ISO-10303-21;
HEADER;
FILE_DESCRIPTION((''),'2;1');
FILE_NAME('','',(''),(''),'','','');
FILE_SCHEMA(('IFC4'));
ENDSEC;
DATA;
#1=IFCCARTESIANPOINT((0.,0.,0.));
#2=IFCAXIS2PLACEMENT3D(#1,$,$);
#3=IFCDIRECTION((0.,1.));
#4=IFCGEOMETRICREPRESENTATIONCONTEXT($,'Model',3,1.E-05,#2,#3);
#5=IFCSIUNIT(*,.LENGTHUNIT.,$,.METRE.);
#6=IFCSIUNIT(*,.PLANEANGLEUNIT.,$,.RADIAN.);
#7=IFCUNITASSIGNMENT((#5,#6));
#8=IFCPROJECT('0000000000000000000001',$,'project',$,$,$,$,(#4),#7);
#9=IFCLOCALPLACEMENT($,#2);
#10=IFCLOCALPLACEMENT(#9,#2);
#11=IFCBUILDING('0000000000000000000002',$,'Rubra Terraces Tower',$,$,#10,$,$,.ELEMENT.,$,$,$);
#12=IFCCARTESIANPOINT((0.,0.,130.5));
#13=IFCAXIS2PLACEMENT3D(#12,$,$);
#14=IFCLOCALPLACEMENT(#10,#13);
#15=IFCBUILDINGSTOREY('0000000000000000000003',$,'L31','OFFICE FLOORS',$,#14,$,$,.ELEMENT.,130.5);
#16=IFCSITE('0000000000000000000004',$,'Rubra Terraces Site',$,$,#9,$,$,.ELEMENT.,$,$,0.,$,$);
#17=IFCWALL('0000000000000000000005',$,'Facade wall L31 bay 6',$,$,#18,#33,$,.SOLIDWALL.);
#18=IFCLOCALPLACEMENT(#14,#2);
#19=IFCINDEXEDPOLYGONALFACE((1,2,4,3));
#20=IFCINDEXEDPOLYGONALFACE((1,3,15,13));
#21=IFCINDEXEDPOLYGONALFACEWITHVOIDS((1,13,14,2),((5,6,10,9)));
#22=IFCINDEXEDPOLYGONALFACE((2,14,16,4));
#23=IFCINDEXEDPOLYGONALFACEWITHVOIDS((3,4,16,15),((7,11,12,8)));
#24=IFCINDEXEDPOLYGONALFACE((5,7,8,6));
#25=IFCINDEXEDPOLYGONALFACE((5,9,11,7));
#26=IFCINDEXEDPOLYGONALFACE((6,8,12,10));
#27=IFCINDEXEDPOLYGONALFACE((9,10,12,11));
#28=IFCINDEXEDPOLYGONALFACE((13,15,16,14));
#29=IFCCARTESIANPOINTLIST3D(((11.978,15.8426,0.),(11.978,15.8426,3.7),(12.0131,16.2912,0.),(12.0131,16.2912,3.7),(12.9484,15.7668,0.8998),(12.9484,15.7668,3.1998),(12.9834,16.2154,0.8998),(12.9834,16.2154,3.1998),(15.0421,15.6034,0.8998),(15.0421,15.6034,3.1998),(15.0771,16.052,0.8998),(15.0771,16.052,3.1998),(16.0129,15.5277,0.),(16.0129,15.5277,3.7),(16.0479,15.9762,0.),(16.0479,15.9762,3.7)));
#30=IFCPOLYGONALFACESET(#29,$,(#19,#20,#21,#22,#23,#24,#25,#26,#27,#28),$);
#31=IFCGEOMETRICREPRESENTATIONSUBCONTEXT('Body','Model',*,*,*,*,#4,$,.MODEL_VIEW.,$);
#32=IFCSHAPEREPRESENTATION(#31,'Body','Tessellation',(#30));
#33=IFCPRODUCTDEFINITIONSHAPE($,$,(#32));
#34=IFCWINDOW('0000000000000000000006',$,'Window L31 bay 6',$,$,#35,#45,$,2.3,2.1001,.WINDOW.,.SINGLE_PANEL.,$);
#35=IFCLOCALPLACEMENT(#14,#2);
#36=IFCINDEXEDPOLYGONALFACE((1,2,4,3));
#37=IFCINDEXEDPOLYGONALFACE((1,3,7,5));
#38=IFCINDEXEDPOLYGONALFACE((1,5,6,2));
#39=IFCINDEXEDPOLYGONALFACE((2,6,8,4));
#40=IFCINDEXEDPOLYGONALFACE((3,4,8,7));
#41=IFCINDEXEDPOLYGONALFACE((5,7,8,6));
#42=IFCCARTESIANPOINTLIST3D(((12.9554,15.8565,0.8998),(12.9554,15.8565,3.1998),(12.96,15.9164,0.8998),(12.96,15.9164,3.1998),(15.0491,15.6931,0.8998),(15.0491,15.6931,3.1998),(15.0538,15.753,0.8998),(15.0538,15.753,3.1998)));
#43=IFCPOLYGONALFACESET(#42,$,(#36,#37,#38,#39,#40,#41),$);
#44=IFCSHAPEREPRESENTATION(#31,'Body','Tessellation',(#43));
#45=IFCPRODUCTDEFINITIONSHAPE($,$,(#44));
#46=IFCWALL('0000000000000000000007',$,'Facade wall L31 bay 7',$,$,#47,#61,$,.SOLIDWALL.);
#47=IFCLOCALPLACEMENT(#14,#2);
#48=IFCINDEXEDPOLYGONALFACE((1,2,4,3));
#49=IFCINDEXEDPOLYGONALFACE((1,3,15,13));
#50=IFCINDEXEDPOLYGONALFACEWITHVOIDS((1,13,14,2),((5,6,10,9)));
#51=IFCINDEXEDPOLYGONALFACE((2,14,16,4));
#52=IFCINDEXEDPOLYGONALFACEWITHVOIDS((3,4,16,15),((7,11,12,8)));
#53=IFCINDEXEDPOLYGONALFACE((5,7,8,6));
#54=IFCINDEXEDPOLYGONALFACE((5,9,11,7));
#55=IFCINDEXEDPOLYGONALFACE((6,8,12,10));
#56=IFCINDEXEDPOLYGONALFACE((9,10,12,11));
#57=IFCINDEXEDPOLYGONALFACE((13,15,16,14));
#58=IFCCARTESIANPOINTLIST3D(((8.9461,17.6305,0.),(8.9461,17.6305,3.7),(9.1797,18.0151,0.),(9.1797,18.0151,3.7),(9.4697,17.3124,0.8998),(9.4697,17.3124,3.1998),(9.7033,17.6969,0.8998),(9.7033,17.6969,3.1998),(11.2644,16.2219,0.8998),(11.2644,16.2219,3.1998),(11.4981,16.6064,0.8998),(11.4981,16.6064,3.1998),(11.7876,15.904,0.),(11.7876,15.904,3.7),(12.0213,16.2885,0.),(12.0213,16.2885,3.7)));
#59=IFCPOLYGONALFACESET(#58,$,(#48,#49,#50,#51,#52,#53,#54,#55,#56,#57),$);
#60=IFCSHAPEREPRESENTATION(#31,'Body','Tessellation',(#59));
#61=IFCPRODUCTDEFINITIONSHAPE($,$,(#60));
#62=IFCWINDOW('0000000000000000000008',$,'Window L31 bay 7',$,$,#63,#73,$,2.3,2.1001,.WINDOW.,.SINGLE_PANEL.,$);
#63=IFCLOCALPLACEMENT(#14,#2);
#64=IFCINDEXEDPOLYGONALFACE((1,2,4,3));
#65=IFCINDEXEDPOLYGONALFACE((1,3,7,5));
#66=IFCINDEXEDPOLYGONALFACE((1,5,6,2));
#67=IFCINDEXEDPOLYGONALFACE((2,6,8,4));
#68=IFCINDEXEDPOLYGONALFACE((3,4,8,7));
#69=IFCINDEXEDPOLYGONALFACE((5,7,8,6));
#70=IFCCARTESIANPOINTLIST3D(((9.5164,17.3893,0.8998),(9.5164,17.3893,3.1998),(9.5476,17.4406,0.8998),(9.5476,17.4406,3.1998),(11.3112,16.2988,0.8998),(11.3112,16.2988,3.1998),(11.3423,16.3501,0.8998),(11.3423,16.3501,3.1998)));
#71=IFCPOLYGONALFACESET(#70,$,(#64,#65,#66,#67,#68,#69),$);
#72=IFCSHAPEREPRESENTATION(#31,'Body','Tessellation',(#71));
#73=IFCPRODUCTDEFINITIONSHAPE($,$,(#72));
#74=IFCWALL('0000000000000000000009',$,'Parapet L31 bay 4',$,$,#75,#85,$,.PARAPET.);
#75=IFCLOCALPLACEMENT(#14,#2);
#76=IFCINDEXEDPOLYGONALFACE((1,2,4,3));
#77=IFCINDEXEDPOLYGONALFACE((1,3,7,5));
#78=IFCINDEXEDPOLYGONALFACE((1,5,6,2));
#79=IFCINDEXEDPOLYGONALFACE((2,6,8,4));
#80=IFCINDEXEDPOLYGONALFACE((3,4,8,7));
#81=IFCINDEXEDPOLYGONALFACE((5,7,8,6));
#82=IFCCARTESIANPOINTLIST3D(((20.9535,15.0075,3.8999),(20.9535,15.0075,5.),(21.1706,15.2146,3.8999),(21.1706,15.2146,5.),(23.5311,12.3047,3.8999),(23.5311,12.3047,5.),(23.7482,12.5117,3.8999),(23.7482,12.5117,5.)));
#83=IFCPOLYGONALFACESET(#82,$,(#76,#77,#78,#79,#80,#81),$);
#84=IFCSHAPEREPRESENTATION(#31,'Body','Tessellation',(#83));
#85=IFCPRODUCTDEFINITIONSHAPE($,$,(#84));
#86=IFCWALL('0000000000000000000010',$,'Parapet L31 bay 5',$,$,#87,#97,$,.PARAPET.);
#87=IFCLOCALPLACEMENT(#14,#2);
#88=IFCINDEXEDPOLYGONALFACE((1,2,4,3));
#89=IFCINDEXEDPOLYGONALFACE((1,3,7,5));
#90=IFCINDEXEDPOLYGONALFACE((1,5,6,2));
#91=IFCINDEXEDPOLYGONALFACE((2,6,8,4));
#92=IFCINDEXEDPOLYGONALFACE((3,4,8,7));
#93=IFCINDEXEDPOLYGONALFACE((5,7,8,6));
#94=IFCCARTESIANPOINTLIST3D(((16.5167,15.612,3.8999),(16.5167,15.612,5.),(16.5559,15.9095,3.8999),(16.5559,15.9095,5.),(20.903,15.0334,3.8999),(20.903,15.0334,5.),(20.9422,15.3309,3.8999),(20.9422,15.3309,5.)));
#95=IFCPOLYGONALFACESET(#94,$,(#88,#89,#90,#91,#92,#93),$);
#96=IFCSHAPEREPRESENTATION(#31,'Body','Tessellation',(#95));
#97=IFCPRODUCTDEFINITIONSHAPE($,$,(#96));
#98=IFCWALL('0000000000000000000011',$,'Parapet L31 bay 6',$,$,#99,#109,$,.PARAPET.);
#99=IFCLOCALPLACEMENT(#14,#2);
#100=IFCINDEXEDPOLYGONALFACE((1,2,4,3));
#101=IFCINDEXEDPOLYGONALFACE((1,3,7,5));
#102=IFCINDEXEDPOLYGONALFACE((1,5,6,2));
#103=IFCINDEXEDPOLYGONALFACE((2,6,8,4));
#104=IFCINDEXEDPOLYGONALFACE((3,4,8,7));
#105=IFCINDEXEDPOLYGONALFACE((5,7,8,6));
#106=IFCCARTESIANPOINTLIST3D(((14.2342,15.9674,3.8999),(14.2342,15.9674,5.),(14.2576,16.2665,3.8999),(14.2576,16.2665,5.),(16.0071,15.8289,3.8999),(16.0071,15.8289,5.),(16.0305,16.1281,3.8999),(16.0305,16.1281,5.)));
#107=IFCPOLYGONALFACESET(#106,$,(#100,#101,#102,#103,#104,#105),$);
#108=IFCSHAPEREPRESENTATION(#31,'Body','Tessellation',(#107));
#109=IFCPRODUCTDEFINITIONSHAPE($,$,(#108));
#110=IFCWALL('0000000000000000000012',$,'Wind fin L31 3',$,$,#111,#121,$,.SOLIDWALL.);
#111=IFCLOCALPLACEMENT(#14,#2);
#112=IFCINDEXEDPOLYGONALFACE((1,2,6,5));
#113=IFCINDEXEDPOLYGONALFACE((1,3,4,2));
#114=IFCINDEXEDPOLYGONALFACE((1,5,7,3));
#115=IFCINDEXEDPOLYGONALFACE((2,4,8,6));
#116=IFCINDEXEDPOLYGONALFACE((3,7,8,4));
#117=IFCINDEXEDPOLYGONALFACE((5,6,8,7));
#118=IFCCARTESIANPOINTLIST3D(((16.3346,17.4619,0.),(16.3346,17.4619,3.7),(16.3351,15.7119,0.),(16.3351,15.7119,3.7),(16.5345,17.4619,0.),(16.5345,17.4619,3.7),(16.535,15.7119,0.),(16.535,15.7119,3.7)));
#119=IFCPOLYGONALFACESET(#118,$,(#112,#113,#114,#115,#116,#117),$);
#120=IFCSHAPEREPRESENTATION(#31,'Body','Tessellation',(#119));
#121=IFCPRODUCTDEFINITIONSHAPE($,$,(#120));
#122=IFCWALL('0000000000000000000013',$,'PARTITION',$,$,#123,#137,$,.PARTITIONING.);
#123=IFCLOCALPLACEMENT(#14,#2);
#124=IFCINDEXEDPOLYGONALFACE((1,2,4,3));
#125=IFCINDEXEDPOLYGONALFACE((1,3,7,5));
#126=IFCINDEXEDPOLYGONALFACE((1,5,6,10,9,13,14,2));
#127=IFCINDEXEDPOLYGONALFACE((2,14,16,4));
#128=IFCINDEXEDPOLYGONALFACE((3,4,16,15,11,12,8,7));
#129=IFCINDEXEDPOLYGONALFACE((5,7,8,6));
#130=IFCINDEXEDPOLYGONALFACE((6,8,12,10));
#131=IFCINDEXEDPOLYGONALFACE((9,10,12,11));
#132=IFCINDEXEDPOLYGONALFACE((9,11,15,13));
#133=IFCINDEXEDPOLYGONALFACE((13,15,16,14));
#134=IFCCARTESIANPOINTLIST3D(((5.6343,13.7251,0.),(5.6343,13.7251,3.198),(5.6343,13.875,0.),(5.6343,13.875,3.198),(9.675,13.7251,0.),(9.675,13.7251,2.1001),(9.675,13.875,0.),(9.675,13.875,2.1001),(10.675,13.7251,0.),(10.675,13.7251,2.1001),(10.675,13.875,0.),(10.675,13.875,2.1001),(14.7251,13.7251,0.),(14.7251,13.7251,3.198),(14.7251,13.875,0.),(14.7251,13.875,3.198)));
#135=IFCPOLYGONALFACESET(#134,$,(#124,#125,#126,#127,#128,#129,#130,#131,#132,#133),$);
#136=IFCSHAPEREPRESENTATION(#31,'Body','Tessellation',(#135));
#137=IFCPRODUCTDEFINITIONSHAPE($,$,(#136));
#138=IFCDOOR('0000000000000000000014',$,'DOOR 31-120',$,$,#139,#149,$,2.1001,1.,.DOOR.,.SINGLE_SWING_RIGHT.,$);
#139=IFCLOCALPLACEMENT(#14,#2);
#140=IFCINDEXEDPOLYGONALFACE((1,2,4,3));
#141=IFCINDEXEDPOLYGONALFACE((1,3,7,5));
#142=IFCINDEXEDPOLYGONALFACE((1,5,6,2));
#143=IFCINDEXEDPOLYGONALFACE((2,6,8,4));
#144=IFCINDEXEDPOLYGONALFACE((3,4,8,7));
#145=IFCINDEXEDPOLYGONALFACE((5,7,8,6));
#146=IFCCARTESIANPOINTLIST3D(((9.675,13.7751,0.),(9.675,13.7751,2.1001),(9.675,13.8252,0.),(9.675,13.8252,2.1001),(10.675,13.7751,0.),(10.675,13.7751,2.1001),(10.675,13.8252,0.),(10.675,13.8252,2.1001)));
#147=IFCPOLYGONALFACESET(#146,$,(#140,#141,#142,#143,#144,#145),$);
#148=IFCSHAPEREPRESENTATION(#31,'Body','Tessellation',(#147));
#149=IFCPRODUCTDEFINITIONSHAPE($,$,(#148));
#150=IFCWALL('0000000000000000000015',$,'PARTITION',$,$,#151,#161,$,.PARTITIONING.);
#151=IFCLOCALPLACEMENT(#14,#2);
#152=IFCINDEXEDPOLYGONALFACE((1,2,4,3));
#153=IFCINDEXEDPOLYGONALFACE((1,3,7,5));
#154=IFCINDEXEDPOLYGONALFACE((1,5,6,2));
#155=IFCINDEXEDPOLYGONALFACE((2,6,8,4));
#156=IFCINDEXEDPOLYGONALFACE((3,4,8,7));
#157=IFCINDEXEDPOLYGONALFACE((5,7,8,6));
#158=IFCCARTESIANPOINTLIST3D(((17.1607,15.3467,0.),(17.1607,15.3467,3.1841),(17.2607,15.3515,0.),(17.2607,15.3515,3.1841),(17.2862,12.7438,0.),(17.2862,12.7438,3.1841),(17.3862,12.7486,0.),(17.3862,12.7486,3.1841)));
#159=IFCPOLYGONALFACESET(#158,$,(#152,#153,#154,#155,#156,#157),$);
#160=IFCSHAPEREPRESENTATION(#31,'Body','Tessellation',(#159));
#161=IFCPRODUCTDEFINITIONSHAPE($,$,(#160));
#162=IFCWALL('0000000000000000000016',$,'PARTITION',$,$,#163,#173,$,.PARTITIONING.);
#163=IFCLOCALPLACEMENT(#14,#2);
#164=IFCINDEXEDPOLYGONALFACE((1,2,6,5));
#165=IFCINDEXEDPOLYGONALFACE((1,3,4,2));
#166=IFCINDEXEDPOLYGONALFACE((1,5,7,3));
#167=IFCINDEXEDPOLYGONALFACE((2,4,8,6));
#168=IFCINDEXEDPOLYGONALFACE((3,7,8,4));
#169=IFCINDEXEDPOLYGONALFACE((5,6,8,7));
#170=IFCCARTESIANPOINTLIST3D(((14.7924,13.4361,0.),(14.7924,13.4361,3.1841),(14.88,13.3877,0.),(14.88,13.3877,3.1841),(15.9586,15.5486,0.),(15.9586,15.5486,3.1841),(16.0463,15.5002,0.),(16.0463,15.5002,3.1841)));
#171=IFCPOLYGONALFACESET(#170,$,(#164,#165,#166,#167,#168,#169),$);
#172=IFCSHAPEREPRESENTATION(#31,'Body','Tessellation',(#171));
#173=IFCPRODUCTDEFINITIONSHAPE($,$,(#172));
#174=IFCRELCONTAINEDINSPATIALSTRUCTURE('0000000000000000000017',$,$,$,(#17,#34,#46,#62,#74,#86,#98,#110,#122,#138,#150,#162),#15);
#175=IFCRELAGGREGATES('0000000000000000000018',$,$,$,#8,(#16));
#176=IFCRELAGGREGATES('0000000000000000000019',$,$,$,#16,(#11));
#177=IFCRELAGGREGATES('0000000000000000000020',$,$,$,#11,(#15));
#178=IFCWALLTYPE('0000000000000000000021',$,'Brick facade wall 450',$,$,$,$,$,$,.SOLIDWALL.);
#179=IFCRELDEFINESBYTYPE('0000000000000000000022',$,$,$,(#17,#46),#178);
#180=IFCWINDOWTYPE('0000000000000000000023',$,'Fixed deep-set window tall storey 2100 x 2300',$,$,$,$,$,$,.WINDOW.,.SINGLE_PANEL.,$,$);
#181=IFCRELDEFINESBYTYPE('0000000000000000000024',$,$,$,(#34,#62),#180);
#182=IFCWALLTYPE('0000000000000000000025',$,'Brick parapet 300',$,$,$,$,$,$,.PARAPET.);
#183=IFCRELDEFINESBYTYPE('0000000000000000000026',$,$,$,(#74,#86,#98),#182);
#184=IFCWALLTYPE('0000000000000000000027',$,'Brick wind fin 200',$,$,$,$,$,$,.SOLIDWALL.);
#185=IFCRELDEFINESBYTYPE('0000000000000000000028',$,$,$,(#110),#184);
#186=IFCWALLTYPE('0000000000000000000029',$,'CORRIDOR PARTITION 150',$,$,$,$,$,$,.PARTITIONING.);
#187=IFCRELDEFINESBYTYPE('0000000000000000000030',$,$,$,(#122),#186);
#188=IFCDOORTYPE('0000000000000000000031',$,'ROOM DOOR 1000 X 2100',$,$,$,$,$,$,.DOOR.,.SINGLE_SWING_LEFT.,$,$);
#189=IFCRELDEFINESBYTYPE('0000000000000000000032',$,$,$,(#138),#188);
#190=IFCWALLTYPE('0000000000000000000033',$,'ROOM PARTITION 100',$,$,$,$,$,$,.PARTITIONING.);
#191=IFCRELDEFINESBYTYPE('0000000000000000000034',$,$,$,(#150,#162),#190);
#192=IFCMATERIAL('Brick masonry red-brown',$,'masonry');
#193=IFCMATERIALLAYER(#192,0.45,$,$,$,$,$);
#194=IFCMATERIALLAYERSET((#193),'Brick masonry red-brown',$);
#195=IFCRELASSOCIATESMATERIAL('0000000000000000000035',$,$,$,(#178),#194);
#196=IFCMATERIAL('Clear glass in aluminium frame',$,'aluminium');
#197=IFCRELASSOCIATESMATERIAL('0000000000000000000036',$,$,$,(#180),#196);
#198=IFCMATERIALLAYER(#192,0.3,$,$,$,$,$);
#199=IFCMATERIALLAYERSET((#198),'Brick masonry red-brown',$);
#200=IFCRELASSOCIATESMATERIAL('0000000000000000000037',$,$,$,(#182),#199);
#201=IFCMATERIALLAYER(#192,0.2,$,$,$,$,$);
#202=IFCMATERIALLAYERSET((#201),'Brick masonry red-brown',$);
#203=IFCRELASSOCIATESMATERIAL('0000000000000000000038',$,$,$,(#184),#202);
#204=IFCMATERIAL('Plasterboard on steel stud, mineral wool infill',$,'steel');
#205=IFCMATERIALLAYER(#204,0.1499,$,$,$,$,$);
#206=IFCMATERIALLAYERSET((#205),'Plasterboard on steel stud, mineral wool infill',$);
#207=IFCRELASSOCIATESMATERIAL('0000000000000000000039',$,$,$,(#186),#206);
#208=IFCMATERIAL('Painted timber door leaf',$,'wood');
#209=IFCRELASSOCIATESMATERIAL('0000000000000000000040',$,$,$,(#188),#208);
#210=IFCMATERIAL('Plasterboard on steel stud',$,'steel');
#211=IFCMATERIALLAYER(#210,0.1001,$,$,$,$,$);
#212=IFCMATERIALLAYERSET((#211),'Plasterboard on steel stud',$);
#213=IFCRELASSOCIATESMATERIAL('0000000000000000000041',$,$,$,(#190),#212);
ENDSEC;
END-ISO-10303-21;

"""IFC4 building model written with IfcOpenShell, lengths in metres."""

from ifc_helpers import new_model, si_unit, direction, frame, frame_2d, origin, place, context, subcontext, project, spatial, rectangle, extrude, material, layer, layer_set, type_object, element, fill, save


model = new_model("IFC4")

# Units and contexts
model_context = context("Model", 3, precision=1e-05, world=origin(), true_north=direction((0.0, 1.0)))
body_context = subcontext(model_context, "Body", "Model", "MODEL_VIEW")
ifc_project = project(units=[si_unit("LENGTHUNIT", "METRE"), si_unit("PLANEANGLEUNIT", "RADIAN")], contexts=[model_context])

# Site, building, storey
site_placement = place(None, origin())
site = spatial("IfcSite", under=ifc_project, at=site_placement, Name="Rubra Terraces Site", CompositionType="ELEMENT", RefElevation=0.0)
building_placement = place(site_placement, origin())
building = spatial("IfcBuilding", under=site, at=building_placement, Name="Rubra Terraces Tower", CompositionType="ELEMENT")
storey_placement = place(building_placement, frame((0.0, 0.0, 130.5)))
storey = spatial("IfcBuildingStorey", under=building, at=storey_placement, Name="L31", Description="OFFICE FLOORS", CompositionType="ELEMENT", Elevation=130.5)

# Walls, openings, windows
ifc_material_1 = material(Name="Brick masonry red-brown", Category="masonry")
ifc_layer_1 = layer(ifc_material_1, 0.45)
ifc_layer_set_1 = layer_set([ifc_layer_1], Name="Brick masonry red-brown")
wall_type_1 = type_object("IfcWallType", Name="Brick facade wall 450", PredefinedType="SOLIDWALL", material=ifc_layer_set_1)
ifc_material_2 = material(Name="Clear glass in aluminium frame", Category="aluminium")
window_type = type_object("IfcWindowType", Name="Fixed deep-set window tall storey 2100 x 2300", PartitioningType="SINGLE_PANEL", PredefinedType="WINDOW", material=ifc_material_2)
wall_1_placement = place(storey_placement, frame((16.0303, 15.752, 0.0), z_axis=(0.0, 0.0, 1.0), x_axis=(-0.996968, 0.077817, 0.0)))
wall_1 = element("IfcWall", 1, at=wall_1_placement, inside=storey, type_object=wall_type_1, Name="Facade wall L31 bay 6", PredefinedType="SOLIDWALL", context=body_context, shape_type="SweptSolid", body=[
    extrude(rectangle(XDim=4.0471, YDim=0.45, at=frame_2d((2.0234, 0.0))), origin(), (0.0, 0.0, 1.0), 3.7),
])
opening_1_placement = place(wall_1_placement, frame((0.9736, 0.0, 0.8999)))
opening_1 = element("IfcOpeningElement", 2, at=opening_1_placement, cuts=wall_1, PredefinedType="OPENING", context=body_context, shape_type="SweptSolid", body=[
    extrude(rectangle(XDim=2.1001, YDim=2.3, at=frame_2d((1.05, 1.1499))), frame((0.0, 0.2349, 0.0), z_axis=(0.0, -1.0, 0.0), x_axis=(1.0, 0.0, 0.0)), (0.0, 0.0, 1.0), 0.47),
])
window_1_placement = place(opening_1_placement, origin())
window_1 = element("IfcWindow", 3, at=window_1_placement, inside=storey, type_object=window_type, Name="Window L31 bay 6", OverallHeight=2.3, OverallWidth=2.1001, PartitioningType="SINGLE_PANEL", PredefinedType="WINDOW", context=body_context, shape_type="SweptSolid", body=[
    extrude(rectangle(XDim=2.1001, YDim=2.3, at=frame_2d((1.05, 1.1499))), frame((0.0, 0.135, 0.0), z_axis=(0.0, -1.0, 0.0), x_axis=(1.0, 0.0, 0.0)), (0.0, 0.0, 1.0), 0.0601),
])
fill(opening_1, window_1)
wall_2_placement = place(storey_placement, frame((11.9045, 16.0962, 0.0), z_axis=(0.0, 0.0, 1.0), x_axis=(-0.854609, 0.519271, 0.0)))
wall_2 = element("IfcWall", 4, at=wall_2_placement, inside=storey, type_object=wall_type_1, Name="Facade wall L31 bay 7", PredefinedType="SOLIDWALL", context=body_context, shape_type="SweptSolid", body=[
    extrude(rectangle(XDim=3.325, YDim=0.45, at=frame_2d((1.6626, 0.0))), origin(), (0.0, 0.0, 1.0), 3.7),
])
opening_2_placement = place(wall_2_placement, frame((0.6123, 0.0, 0.8999)))
opening_2 = element("IfcOpeningElement", 5, at=opening_2_placement, cuts=wall_2, PredefinedType="OPENING", context=body_context, shape_type="SweptSolid", body=[
    extrude(rectangle(XDim=2.1001, YDim=2.3, at=frame_2d((1.05, 1.1499))), frame((0.0, 0.2349, 0.0), z_axis=(0.0, -1.0, 0.0), x_axis=(1.0, 0.0, 0.0)), (0.0, 0.0, 1.0), 0.47),
])
window_2_placement = place(opening_2_placement, origin())
window_2 = element("IfcWindow", 6, at=window_2_placement, inside=storey, type_object=window_type, Name="Window L31 bay 7", OverallHeight=2.3, OverallWidth=2.1001, PartitioningType="SINGLE_PANEL", PredefinedType="WINDOW", context=body_context, shape_type="SweptSolid", body=[
    extrude(rectangle(XDim=2.1001, YDim=2.3, at=frame_2d((1.05, 1.1499))), frame((0.0, 0.135, 0.0), z_axis=(0.0, -1.0, 0.0), x_axis=(1.0, 0.0, 0.0)), (0.0, 0.0, 1.0), 0.0601),
])
fill(opening_2, window_2)

# Walls
ifc_layer_2 = layer(ifc_material_1, 0.3)
ifc_layer_set_2 = layer_set([ifc_layer_2], Name="Brick masonry red-brown")
wall_type_2 = type_object("IfcWallType", Name="Brick parapet 300", PredefinedType="PARAPET", material=ifc_layer_set_2)
wall_3_placement = place(storey_placement, frame((23.6396, 12.4082, 3.8999), z_axis=(0.0, 0.0, 1.0), x_axis=(-0.690141, 0.723675, 0.0)))
element("IfcWall", 7, at=wall_3_placement, inside=storey, type_object=wall_type_2, Name="Parapet L31 bay 4", PredefinedType="PARAPET", context=body_context, shape_type="SweptSolid", body=[
    extrude(rectangle(XDim=3.7349, YDim=0.3, at=frame_2d((1.8674, 0.0))), origin(), (0.0, 0.0, 1.0), 1.1001),
])
wall_4_placement = place(storey_placement, frame((20.9226, 15.1821, 3.8999), z_axis=(0.0, 0.0, 1.0), x_axis=(-0.991411, 0.130783, 0.0)))
element("IfcWall", 8, at=wall_4_placement, inside=storey, type_object=wall_type_2, Name="Parapet L31 bay 5", PredefinedType="PARAPET", context=body_context, shape_type="SweptSolid", body=[
    extrude(rectangle(XDim=4.4243, YDim=0.3, at=frame_2d((2.2122, 0.0))), origin(), (0.0, 0.0, 1.0), 1.1001),
])
wall_5_placement = place(storey_placement, frame((16.0188, 15.9785, 3.8999), z_axis=(0.0, 0.0, 1.0), x_axis=(-0.996966, 0.077841, 0.0)))
element("IfcWall", 9, at=wall_5_placement, inside=storey, type_object=wall_type_2, Name="Parapet L31 bay 6", PredefinedType="PARAPET", context=body_context, shape_type="SweptSolid", body=[
    extrude(rectangle(XDim=1.7783, YDim=0.3, at=frame_2d((0.8892, 0.0))), origin(), (0.0, 0.0, 1.0), 1.1001),
])
ifc_layer_3 = layer(ifc_material_1, 0.2)
ifc_layer_set_3 = layer_set([ifc_layer_3], Name="Brick masonry red-brown")
wall_type_3 = type_object("IfcWallType", Name="Brick wind fin 200", PredefinedType="SOLIDWALL", material=ifc_layer_set_3)
wall_6_placement = place(storey_placement, frame((16.4351, 15.7119, 0.0), z_axis=(0.0, 0.0, 1.0), x_axis=(-0.000279, 1.0, 0.0)))
element("IfcWall", 10, at=wall_6_placement, inside=storey, type_object=wall_type_3, Name="Wind fin L31 3", PredefinedType="SOLIDWALL", context=body_context, shape_type="SweptSolid", body=[
    extrude(rectangle(XDim=1.75, YDim=0.2, at=frame_2d((0.875, 0.0))), origin(), (0.0, 0.0, 1.0), 3.7),
])

# Wall, opening, door
ifc_material_3 = material(Name="Plasterboard on steel stud, mineral wool infill", Category="steel")
ifc_layer_4 = layer(ifc_material_3, 0.1499)
ifc_layer_set_4 = layer_set([ifc_layer_4], Name="Plasterboard on steel stud, mineral wool infill")
wall_type_4 = type_object("IfcWallType", Name="CORRIDOR PARTITION 150", PredefinedType="PARTITIONING", material=ifc_layer_set_4)
wall_7_placement = place(storey_placement, frame((14.7251, 13.8, 0.0), z_axis=(0.0, 0.0, 1.0), x_axis=(-1.0, 0.0, 0.0)))
wall_7 = element("IfcWall", 11, at=wall_7_placement, inside=storey, type_object=wall_type_4, Name="PARTITION", PredefinedType="PARTITIONING", context=body_context, shape_type="SweptSolid", body=[
    extrude(rectangle(XDim=9.0908, YDim=0.1499, at=frame_2d((4.5454, 0.0))), origin(), (0.0, 0.0, 1.0), 3.198),
])
opening_3_placement = place(wall_7_placement, frame((4.05, 0.0, 0.0)))
opening_3 = element("IfcOpeningElement", 12, at=opening_3_placement, cuts=wall_7, PredefinedType="OPENING", context=body_context, shape_type="SweptSolid", body=[
    extrude(rectangle(XDim=1.0, YDim=2.1001, at=frame_2d((0.5, 1.05))), frame((0.0, 0.085, 0.0), z_axis=(0.0, -1.0, 0.0), x_axis=(1.0, 0.0, 0.0)), (0.0, 0.0, 1.0), 0.1699),
])
ifc_material_4 = material(Name="Painted timber door leaf", Category="wood")
door_type = type_object("IfcDoorType", Name="ROOM DOOR 1000 X 2100", OperationType="SINGLE_SWING_LEFT", PredefinedType="DOOR", material=ifc_material_4)
door_placement = place(opening_3_placement, origin())
door = element("IfcDoor", 13, at=door_placement, inside=storey, type_object=door_type, Name="DOOR 31-120", OperationType="SINGLE_SWING_RIGHT", OverallHeight=2.1001, OverallWidth=1.0, PredefinedType="DOOR", context=body_context, shape_type="SweptSolid", body=[
    extrude(rectangle(XDim=1.0, YDim=2.1001, at=frame_2d((0.5, 1.05))), frame((0.0, 0.0249, 0.0), z_axis=(0.0, -1.0, 0.0), x_axis=(1.0, 0.0, 0.0)), (0.0, 0.0, 1.0), 0.05),
])
fill(opening_3, door)

# Walls
ifc_material_5 = material(Name="Plasterboard on steel stud", Category="steel")
ifc_layer_5 = layer(ifc_material_5, 0.1001)
ifc_layer_set_5 = layer_set([ifc_layer_5], Name="Plasterboard on steel stud")
wall_type_5 = type_object("IfcWallType", Name="ROOM PARTITION 100", PredefinedType="PARTITIONING", material=ifc_layer_set_5)
wall_8_placement = place(storey_placement, frame((17.2107, 15.3491, 0.0), z_axis=(0.0, 0.0, 1.0), x_axis=(0.048153, -0.99884, 0.0)))
element("IfcWall", 14, at=wall_8_placement, inside=storey, type_object=wall_type_5, Name="PARTITION", PredefinedType="PARTITIONING", context=body_context, shape_type="SweptSolid", body=[
    extrude(rectangle(XDim=2.606, YDim=0.1001, at=frame_2d((1.303, 0.0))), origin(), (0.0, 0.0, 1.0), 3.1841),
])
wall_9_placement = place(storey_placement, frame((14.8362, 13.4119, 0.0), z_axis=(0.0, 0.0, 1.0), x_axis=(0.483305, 0.875452, 0.0)))
element("IfcWall", 15, at=wall_9_placement, inside=storey, type_object=wall_type_5, Name="PARTITION", PredefinedType="PARTITIONING", context=body_context, shape_type="SweptSolid", body=[
    extrude(rectangle(XDim=2.4131, YDim=0.1001, at=frame_2d((1.2065, 0.0))), origin(), (0.0, 0.0, 1.0), 3.1841),
])

save(model, "model.ifc")
